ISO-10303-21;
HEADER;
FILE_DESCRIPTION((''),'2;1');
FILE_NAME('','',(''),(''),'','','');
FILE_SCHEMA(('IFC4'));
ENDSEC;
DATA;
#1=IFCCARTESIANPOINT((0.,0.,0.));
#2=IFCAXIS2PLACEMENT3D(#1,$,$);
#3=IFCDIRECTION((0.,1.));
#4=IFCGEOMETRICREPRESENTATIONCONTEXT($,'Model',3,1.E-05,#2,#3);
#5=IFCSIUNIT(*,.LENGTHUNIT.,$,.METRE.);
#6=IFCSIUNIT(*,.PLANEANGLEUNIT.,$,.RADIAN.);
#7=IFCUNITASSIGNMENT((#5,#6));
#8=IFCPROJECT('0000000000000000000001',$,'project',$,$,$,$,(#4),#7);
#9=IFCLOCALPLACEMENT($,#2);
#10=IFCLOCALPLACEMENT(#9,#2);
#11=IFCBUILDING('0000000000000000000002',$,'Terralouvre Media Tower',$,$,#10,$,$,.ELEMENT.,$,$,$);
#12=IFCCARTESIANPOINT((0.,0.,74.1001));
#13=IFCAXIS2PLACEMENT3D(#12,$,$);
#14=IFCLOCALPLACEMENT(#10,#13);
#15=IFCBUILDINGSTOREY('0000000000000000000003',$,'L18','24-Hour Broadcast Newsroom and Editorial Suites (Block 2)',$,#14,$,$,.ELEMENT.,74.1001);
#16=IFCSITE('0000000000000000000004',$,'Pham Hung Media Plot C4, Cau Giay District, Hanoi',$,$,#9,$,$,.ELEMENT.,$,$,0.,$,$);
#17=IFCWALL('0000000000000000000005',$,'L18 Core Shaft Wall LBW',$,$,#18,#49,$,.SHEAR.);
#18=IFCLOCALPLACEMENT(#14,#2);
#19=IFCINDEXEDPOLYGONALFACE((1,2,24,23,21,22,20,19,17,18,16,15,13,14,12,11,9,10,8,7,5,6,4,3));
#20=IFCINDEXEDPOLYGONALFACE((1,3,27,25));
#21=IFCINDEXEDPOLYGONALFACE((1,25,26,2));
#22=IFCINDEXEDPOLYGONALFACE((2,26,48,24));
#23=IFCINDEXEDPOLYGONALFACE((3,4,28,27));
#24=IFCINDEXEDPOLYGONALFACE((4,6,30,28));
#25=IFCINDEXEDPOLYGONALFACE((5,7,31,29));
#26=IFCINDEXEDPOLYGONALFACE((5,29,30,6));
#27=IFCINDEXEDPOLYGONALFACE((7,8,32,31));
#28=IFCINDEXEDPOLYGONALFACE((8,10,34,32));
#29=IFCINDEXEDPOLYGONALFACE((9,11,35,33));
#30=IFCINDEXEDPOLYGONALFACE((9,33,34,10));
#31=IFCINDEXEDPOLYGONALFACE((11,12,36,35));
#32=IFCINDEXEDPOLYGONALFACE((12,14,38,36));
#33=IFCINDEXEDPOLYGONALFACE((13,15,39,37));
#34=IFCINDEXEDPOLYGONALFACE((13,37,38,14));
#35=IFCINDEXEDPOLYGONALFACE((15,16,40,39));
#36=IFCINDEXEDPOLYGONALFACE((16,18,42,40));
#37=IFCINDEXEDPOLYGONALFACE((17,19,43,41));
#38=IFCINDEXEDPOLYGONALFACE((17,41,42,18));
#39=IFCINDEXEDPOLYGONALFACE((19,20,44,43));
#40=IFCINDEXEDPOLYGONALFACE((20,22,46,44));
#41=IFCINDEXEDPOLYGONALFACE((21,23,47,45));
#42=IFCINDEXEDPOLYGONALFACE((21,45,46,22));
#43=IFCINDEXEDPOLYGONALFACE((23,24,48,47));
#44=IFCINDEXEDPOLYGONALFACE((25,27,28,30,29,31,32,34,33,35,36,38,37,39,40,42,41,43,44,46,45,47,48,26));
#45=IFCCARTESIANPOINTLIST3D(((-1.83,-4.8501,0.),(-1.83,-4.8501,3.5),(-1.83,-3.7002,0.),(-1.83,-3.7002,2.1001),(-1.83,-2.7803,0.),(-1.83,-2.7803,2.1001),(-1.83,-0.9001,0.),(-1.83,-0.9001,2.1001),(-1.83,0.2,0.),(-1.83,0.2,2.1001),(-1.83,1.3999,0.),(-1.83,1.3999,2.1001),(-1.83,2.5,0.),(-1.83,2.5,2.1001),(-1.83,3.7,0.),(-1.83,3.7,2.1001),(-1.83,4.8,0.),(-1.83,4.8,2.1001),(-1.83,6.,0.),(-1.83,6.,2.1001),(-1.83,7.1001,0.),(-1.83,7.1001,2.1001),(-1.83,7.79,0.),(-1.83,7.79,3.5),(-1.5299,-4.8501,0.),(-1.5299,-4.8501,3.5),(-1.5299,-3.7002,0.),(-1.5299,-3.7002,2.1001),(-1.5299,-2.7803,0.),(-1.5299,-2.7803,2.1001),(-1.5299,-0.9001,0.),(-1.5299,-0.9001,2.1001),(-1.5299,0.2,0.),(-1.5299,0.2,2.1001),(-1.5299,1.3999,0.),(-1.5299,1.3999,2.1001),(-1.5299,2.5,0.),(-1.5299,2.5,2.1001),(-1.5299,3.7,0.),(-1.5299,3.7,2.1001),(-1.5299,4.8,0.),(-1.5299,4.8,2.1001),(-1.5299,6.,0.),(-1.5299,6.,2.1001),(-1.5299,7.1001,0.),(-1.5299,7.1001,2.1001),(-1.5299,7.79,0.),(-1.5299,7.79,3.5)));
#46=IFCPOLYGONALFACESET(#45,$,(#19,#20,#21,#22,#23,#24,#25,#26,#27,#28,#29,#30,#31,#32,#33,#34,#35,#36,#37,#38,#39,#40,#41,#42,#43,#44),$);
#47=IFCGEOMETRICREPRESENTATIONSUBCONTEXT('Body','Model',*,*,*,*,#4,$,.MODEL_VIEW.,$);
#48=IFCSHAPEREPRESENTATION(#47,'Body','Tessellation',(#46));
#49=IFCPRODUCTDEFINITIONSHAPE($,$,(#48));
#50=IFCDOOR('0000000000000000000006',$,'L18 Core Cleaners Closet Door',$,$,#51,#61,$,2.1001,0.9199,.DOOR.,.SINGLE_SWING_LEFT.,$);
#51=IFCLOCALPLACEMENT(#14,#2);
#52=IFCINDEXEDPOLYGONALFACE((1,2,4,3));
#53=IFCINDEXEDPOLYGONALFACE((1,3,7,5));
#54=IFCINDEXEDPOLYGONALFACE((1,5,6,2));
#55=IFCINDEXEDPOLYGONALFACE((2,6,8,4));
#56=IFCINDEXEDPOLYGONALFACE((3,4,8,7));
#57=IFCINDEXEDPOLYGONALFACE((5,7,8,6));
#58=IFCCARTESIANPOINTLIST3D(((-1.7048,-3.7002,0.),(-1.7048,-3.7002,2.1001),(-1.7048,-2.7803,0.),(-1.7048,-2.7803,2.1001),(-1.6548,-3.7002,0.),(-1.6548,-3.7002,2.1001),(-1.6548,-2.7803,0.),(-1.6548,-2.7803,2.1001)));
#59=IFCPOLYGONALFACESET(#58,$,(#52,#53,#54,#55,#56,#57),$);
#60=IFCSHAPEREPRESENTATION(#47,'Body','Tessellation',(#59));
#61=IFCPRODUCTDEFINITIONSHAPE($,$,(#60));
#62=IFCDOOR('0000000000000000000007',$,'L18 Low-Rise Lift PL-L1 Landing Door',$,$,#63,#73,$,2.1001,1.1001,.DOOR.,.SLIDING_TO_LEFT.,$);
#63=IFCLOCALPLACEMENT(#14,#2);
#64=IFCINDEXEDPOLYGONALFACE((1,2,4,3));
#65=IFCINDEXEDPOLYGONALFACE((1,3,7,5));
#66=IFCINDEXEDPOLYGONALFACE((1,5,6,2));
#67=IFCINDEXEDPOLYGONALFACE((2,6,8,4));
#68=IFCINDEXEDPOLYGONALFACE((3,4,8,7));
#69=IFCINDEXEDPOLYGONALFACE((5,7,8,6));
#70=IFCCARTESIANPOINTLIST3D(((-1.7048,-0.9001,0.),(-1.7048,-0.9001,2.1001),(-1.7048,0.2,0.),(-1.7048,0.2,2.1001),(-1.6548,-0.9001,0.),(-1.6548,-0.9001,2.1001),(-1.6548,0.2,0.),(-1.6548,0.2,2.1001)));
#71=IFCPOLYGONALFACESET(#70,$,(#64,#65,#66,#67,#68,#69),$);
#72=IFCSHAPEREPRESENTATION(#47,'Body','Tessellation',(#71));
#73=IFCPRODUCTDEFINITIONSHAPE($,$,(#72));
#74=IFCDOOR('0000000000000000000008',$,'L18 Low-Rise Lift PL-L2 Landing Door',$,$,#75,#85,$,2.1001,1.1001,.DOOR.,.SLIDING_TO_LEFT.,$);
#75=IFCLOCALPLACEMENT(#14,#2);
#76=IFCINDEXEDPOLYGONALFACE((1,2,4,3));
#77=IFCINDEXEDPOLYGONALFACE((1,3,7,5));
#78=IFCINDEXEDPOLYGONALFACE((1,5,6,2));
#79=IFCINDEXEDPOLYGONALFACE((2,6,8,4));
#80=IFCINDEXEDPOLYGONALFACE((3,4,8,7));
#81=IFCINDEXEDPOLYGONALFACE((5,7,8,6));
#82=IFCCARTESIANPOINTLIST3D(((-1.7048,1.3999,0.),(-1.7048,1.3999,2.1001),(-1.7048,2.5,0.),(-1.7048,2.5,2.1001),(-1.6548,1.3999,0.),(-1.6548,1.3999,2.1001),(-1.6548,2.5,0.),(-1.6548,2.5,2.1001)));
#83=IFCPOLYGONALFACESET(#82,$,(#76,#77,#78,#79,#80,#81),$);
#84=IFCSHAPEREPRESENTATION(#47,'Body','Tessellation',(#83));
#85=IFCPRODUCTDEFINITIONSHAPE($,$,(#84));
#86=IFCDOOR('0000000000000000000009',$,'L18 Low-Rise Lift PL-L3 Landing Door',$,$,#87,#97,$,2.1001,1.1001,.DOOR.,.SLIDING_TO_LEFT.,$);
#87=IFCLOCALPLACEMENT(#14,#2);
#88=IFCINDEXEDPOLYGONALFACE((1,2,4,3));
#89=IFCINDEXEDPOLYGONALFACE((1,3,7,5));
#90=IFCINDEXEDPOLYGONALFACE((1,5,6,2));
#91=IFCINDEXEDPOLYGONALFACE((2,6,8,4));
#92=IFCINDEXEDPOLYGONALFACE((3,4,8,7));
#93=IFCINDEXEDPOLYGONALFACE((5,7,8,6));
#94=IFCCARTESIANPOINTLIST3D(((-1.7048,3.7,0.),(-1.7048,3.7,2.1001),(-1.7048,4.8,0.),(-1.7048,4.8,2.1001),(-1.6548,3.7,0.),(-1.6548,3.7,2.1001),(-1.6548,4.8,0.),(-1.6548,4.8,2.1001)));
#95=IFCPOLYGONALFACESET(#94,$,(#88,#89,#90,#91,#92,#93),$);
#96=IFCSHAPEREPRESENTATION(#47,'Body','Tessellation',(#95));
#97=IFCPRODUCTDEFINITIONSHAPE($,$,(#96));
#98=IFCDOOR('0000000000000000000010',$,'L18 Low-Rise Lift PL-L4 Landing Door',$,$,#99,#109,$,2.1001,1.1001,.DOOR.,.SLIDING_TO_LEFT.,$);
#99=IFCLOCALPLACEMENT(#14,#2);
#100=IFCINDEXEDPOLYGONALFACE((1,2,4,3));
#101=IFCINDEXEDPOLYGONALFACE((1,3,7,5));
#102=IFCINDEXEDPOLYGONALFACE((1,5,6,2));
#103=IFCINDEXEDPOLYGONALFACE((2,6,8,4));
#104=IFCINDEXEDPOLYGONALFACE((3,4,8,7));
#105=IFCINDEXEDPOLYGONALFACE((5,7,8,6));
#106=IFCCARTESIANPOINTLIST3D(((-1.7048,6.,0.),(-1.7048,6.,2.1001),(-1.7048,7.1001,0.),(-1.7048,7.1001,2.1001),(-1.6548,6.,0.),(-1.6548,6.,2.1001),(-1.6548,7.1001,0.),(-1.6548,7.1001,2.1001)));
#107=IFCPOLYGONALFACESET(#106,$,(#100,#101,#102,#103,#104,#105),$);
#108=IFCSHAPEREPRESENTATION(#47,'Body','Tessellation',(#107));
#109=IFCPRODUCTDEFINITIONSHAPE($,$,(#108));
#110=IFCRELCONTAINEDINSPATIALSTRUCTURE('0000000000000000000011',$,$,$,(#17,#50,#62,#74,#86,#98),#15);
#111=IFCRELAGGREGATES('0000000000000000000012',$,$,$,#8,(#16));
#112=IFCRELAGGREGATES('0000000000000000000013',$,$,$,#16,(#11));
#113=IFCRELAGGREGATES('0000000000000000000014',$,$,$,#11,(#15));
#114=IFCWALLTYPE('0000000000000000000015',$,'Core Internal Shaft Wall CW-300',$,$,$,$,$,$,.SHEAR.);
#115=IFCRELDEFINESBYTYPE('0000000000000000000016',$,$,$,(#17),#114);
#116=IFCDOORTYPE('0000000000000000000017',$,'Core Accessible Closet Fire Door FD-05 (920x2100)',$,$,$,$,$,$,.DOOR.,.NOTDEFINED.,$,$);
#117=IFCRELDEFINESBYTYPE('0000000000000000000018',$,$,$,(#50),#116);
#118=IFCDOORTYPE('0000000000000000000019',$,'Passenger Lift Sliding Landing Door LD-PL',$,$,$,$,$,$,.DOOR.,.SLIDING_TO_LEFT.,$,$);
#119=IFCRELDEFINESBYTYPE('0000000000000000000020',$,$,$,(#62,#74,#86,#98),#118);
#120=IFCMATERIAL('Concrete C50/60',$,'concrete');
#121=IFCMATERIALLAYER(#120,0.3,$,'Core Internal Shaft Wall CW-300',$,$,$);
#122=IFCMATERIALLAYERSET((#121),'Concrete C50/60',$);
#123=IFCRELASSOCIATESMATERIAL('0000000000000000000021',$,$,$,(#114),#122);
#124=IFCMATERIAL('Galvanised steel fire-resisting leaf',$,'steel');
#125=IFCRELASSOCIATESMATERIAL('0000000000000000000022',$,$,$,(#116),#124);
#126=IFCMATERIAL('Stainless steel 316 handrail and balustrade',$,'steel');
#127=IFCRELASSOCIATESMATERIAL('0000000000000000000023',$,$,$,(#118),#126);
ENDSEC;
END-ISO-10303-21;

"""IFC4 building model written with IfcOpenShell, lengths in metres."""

from ifc_helpers import new_model, si_unit, direction, frame, frame_2d, origin, place, context, subcontext, project, spatial, rectangle, extrude, material, layer, layer_set, type_object, element, fill, save


model = new_model("IFC4")

# Units and contexts
model_context = context("Model", 3, precision=1e-05, world=origin(), true_north=direction((0.0, 1.0)))
body_context = subcontext(model_context, "Body", "Model", "MODEL_VIEW")
ifc_project = project(units=[si_unit("LENGTHUNIT", "METRE"), si_unit("PLANEANGLEUNIT", "RADIAN")], contexts=[model_context])

# Site, building, storey
site_placement = place(None, origin())
site = spatial("IfcSite", under=ifc_project, at=site_placement, Name="Pham Hung Media Plot C4, Cau Giay District, Hanoi", CompositionType="ELEMENT", RefElevation=0.0)
building_placement = place(site_placement, origin())
building = spatial("IfcBuilding", under=site, at=building_placement, Name="Terralouvre Media Tower", CompositionType="ELEMENT")
storey_placement = place(building_placement, frame((0.0, 0.0, 74.1001)))
storey = spatial("IfcBuildingStorey", under=building, at=storey_placement, Name="L18", Description="24-Hour Broadcast Newsroom and Editorial Suites (Block 2)", CompositionType="ELEMENT", Elevation=74.1001)

# Shared definitions
ifc_material_1 = material(Name="Concrete C50/60", Category="concrete")
ifc_layer_1 = layer(ifc_material_1, 0.3, Name="Core Internal Shaft Wall CW-300")
ifc_layer_set_1 = layer_set([ifc_layer_1], Name="Concrete C50/60")
wall_type_1 = type_object("IfcWallType", Name="Core Internal Shaft Wall CW-300", PredefinedType="SHEAR", material=ifc_layer_set_1)

# Wall, openings, doors
wall_1_placement = place(storey_placement, frame((-1.6799, -4.8501, 0.0), z_axis=(0.0, 0.0, 1.0), x_axis=(0.0, 1.0, 0.0)))
wall_1 = element("IfcWall", 1, at=wall_1_placement, inside=storey, type_object=wall_type_1, Name="L18 Core Shaft Wall LBW", PredefinedType="SHEAR", context=body_context, shape_type="SweptSolid", body=[
    extrude(rectangle(XDim=12.6401, YDim=0.3, at=frame_2d((6.3201, 0.0))), origin(), (0.0, 0.0, 1.0), 3.5),
])
opening_1_placement = place(wall_1_placement, frame((3.95, 0.0, 0.0)))
opening_1 = element("IfcOpeningElement", 2, at=opening_1_placement, cuts=wall_1, PredefinedType="OPENING", context=body_context, shape_type="SweptSolid", body=[
    extrude(rectangle(XDim=1.1001, YDim=2.1001, at=frame_2d((0.55, 1.05))), frame((0.0, 0.1599, 0.0), z_axis=(0.0, -1.0, 0.0), x_axis=(1.0, 0.0, 0.0)), (0.0, 0.0, 1.0), 0.3201),
])
opening_2_placement = place(wall_1_placement, frame((6.25, 0.0, 0.0)))
opening_2 = element("IfcOpeningElement", 3, at=opening_2_placement, cuts=wall_1, PredefinedType="OPENING", context=body_context, shape_type="SweptSolid", body=[
    extrude(rectangle(XDim=1.1001, YDim=2.1001, at=frame_2d((0.55, 1.05))), frame((0.0, 0.1599, 0.0), z_axis=(0.0, -1.0, 0.0), x_axis=(1.0, 0.0, 0.0)), (0.0, 0.0, 1.0), 0.3201),
])
opening_3_placement = place(wall_1_placement, frame((8.55, 0.0, 0.0)))
opening_3 = element("IfcOpeningElement", 4, at=opening_3_placement, cuts=wall_1, PredefinedType="OPENING", context=body_context, shape_type="SweptSolid", body=[
    extrude(rectangle(XDim=1.1001, YDim=2.1001, at=frame_2d((0.55, 1.05))), frame((0.0, 0.1599, 0.0), z_axis=(0.0, -1.0, 0.0), x_axis=(1.0, 0.0, 0.0)), (0.0, 0.0, 1.0), 0.3201),
])
opening_4_placement = place(wall_1_placement, frame((10.8501, 0.0, 0.0)))
opening_4 = element("IfcOpeningElement", 5, at=opening_4_placement, cuts=wall_1, PredefinedType="OPENING", context=body_context, shape_type="SweptSolid", body=[
    extrude(rectangle(XDim=1.1001, YDim=2.1001, at=frame_2d((0.55, 1.05))), frame((0.0, 0.1599, 0.0), z_axis=(0.0, -1.0, 0.0), x_axis=(1.0, 0.0, 0.0)), (0.0, 0.0, 1.0), 0.3201),
])
opening_5_placement = place(wall_1_placement, frame((1.1499, 0.0, 0.0)))
opening_5 = element("IfcOpeningElement", 6, at=opening_5_placement, cuts=wall_1, PredefinedType="OPENING", context=body_context, shape_type="SweptSolid", body=[
    extrude(rectangle(XDim=0.9199, YDim=2.1001, at=frame_2d((0.46, 1.05))), frame((0.0, 0.1599, 0.0), z_axis=(0.0, -1.0, 0.0), x_axis=(1.0, 0.0, 0.0)), (0.0, 0.0, 1.0), 0.3201),
])
ifc_material_2 = material(Name="Galvanised steel fire-resisting leaf", Category="steel")
door_type_1 = type_object("IfcDoorType", Name="Core Accessible Closet Fire Door FD-05 (920x2100)", OperationType="NOTDEFINED", PredefinedType="DOOR", material=ifc_material_2)
door_1_placement = place(opening_5_placement, origin())
door_1 = element("IfcDoor", 7, at=door_1_placement, inside=storey, type_object=door_type_1, Name="L18 Core Cleaners Closet Door", OperationType="SINGLE_SWING_LEFT", OverallHeight=2.1001, OverallWidth=0.9199, PredefinedType="DOOR", context=body_context, shape_type="SweptSolid", body=[
    extrude(rectangle(XDim=0.9199, YDim=2.1001, at=frame_2d((0.46, 1.05))), frame((0.0, 0.0249, 0.0), z_axis=(0.0, -1.0, 0.0), x_axis=(1.0, 0.0, 0.0)), (0.0, 0.0, 1.0), 0.05),
])
fill(opening_5, door_1)
ifc_material_3 = material(Name="Stainless steel 316 handrail and balustrade", Category="steel")
door_type_2 = type_object("IfcDoorType", Name="Passenger Lift Sliding Landing Door LD-PL", OperationType="SLIDING_TO_LEFT", PredefinedType="DOOR", material=ifc_material_3)
door_2_placement = place(opening_1_placement, origin())
door_2 = element("IfcDoor", 8, at=door_2_placement, inside=storey, type_object=door_type_2, Name="L18 Low-Rise Lift PL-L1 Landing Door", OperationType="SLIDING_TO_LEFT", OverallHeight=2.1001, OverallWidth=1.1001, PredefinedType="DOOR", context=body_context, shape_type="SweptSolid", body=[
    extrude(rectangle(XDim=1.1001, YDim=2.1001, at=frame_2d((0.55, 1.05))), frame((0.0, 0.0249, 0.0), z_axis=(0.0, -1.0, 0.0), x_axis=(1.0, 0.0, 0.0)), (0.0, 0.0, 1.0), 0.05),
])
fill(opening_1, door_2)
door_3_placement = place(opening_2_placement, origin())
door_3 = element("IfcDoor", 9, at=door_3_placement, inside=storey, type_object=door_type_2, Name="L18 Low-Rise Lift PL-L2 Landing Door", OperationType="SLIDING_TO_LEFT", OverallHeight=2.1001, OverallWidth=1.1001, PredefinedType="DOOR", context=body_context, shape_type="SweptSolid", body=[
    extrude(rectangle(XDim=1.1001, YDim=2.1001, at=frame_2d((0.55, 1.05))), frame((0.0, 0.0249, 0.0), z_axis=(0.0, -1.0, 0.0), x_axis=(1.0, 0.0, 0.0)), (0.0, 0.0, 1.0), 0.05),
])
fill(opening_2, door_3)
door_4_placement = place(opening_3_placement, origin())
door_4 = element("IfcDoor", 10, at=door_4_placement, inside=storey, type_object=door_type_2, Name="L18 Low-Rise Lift PL-L3 Landing Door", OperationType="SLIDING_TO_LEFT", OverallHeight=2.1001, OverallWidth=1.1001, PredefinedType="DOOR", context=body_context, shape_type="SweptSolid", body=[
    extrude(rectangle(XDim=1.1001, YDim=2.1001, at=frame_2d((0.55, 1.05))), frame((0.0, 0.0249, 0.0), z_axis=(0.0, -1.0, 0.0), x_axis=(1.0, 0.0, 0.0)), (0.0, 0.0, 1.0), 0.05),
])
fill(opening_3, door_4)
door_5_placement = place(opening_4_placement, origin())
door_5 = element("IfcDoor", 11, at=door_5_placement, inside=storey, type_object=door_type_2, Name="L18 Low-Rise Lift PL-L4 Landing Door", OperationType="SLIDING_TO_LEFT", OverallHeight=2.1001, OverallWidth=1.1001, PredefinedType="DOOR", context=body_context, shape_type="SweptSolid", body=[
    extrude(rectangle(XDim=1.1001, YDim=2.1001, at=frame_2d((0.55, 1.05))), frame((0.0, 0.0249, 0.0), z_axis=(0.0, -1.0, 0.0), x_axis=(1.0, 0.0, 0.0)), (0.0, 0.0, 1.0), 0.05),
])
fill(opening_4, door_5)

save(model, "model.ifc")
